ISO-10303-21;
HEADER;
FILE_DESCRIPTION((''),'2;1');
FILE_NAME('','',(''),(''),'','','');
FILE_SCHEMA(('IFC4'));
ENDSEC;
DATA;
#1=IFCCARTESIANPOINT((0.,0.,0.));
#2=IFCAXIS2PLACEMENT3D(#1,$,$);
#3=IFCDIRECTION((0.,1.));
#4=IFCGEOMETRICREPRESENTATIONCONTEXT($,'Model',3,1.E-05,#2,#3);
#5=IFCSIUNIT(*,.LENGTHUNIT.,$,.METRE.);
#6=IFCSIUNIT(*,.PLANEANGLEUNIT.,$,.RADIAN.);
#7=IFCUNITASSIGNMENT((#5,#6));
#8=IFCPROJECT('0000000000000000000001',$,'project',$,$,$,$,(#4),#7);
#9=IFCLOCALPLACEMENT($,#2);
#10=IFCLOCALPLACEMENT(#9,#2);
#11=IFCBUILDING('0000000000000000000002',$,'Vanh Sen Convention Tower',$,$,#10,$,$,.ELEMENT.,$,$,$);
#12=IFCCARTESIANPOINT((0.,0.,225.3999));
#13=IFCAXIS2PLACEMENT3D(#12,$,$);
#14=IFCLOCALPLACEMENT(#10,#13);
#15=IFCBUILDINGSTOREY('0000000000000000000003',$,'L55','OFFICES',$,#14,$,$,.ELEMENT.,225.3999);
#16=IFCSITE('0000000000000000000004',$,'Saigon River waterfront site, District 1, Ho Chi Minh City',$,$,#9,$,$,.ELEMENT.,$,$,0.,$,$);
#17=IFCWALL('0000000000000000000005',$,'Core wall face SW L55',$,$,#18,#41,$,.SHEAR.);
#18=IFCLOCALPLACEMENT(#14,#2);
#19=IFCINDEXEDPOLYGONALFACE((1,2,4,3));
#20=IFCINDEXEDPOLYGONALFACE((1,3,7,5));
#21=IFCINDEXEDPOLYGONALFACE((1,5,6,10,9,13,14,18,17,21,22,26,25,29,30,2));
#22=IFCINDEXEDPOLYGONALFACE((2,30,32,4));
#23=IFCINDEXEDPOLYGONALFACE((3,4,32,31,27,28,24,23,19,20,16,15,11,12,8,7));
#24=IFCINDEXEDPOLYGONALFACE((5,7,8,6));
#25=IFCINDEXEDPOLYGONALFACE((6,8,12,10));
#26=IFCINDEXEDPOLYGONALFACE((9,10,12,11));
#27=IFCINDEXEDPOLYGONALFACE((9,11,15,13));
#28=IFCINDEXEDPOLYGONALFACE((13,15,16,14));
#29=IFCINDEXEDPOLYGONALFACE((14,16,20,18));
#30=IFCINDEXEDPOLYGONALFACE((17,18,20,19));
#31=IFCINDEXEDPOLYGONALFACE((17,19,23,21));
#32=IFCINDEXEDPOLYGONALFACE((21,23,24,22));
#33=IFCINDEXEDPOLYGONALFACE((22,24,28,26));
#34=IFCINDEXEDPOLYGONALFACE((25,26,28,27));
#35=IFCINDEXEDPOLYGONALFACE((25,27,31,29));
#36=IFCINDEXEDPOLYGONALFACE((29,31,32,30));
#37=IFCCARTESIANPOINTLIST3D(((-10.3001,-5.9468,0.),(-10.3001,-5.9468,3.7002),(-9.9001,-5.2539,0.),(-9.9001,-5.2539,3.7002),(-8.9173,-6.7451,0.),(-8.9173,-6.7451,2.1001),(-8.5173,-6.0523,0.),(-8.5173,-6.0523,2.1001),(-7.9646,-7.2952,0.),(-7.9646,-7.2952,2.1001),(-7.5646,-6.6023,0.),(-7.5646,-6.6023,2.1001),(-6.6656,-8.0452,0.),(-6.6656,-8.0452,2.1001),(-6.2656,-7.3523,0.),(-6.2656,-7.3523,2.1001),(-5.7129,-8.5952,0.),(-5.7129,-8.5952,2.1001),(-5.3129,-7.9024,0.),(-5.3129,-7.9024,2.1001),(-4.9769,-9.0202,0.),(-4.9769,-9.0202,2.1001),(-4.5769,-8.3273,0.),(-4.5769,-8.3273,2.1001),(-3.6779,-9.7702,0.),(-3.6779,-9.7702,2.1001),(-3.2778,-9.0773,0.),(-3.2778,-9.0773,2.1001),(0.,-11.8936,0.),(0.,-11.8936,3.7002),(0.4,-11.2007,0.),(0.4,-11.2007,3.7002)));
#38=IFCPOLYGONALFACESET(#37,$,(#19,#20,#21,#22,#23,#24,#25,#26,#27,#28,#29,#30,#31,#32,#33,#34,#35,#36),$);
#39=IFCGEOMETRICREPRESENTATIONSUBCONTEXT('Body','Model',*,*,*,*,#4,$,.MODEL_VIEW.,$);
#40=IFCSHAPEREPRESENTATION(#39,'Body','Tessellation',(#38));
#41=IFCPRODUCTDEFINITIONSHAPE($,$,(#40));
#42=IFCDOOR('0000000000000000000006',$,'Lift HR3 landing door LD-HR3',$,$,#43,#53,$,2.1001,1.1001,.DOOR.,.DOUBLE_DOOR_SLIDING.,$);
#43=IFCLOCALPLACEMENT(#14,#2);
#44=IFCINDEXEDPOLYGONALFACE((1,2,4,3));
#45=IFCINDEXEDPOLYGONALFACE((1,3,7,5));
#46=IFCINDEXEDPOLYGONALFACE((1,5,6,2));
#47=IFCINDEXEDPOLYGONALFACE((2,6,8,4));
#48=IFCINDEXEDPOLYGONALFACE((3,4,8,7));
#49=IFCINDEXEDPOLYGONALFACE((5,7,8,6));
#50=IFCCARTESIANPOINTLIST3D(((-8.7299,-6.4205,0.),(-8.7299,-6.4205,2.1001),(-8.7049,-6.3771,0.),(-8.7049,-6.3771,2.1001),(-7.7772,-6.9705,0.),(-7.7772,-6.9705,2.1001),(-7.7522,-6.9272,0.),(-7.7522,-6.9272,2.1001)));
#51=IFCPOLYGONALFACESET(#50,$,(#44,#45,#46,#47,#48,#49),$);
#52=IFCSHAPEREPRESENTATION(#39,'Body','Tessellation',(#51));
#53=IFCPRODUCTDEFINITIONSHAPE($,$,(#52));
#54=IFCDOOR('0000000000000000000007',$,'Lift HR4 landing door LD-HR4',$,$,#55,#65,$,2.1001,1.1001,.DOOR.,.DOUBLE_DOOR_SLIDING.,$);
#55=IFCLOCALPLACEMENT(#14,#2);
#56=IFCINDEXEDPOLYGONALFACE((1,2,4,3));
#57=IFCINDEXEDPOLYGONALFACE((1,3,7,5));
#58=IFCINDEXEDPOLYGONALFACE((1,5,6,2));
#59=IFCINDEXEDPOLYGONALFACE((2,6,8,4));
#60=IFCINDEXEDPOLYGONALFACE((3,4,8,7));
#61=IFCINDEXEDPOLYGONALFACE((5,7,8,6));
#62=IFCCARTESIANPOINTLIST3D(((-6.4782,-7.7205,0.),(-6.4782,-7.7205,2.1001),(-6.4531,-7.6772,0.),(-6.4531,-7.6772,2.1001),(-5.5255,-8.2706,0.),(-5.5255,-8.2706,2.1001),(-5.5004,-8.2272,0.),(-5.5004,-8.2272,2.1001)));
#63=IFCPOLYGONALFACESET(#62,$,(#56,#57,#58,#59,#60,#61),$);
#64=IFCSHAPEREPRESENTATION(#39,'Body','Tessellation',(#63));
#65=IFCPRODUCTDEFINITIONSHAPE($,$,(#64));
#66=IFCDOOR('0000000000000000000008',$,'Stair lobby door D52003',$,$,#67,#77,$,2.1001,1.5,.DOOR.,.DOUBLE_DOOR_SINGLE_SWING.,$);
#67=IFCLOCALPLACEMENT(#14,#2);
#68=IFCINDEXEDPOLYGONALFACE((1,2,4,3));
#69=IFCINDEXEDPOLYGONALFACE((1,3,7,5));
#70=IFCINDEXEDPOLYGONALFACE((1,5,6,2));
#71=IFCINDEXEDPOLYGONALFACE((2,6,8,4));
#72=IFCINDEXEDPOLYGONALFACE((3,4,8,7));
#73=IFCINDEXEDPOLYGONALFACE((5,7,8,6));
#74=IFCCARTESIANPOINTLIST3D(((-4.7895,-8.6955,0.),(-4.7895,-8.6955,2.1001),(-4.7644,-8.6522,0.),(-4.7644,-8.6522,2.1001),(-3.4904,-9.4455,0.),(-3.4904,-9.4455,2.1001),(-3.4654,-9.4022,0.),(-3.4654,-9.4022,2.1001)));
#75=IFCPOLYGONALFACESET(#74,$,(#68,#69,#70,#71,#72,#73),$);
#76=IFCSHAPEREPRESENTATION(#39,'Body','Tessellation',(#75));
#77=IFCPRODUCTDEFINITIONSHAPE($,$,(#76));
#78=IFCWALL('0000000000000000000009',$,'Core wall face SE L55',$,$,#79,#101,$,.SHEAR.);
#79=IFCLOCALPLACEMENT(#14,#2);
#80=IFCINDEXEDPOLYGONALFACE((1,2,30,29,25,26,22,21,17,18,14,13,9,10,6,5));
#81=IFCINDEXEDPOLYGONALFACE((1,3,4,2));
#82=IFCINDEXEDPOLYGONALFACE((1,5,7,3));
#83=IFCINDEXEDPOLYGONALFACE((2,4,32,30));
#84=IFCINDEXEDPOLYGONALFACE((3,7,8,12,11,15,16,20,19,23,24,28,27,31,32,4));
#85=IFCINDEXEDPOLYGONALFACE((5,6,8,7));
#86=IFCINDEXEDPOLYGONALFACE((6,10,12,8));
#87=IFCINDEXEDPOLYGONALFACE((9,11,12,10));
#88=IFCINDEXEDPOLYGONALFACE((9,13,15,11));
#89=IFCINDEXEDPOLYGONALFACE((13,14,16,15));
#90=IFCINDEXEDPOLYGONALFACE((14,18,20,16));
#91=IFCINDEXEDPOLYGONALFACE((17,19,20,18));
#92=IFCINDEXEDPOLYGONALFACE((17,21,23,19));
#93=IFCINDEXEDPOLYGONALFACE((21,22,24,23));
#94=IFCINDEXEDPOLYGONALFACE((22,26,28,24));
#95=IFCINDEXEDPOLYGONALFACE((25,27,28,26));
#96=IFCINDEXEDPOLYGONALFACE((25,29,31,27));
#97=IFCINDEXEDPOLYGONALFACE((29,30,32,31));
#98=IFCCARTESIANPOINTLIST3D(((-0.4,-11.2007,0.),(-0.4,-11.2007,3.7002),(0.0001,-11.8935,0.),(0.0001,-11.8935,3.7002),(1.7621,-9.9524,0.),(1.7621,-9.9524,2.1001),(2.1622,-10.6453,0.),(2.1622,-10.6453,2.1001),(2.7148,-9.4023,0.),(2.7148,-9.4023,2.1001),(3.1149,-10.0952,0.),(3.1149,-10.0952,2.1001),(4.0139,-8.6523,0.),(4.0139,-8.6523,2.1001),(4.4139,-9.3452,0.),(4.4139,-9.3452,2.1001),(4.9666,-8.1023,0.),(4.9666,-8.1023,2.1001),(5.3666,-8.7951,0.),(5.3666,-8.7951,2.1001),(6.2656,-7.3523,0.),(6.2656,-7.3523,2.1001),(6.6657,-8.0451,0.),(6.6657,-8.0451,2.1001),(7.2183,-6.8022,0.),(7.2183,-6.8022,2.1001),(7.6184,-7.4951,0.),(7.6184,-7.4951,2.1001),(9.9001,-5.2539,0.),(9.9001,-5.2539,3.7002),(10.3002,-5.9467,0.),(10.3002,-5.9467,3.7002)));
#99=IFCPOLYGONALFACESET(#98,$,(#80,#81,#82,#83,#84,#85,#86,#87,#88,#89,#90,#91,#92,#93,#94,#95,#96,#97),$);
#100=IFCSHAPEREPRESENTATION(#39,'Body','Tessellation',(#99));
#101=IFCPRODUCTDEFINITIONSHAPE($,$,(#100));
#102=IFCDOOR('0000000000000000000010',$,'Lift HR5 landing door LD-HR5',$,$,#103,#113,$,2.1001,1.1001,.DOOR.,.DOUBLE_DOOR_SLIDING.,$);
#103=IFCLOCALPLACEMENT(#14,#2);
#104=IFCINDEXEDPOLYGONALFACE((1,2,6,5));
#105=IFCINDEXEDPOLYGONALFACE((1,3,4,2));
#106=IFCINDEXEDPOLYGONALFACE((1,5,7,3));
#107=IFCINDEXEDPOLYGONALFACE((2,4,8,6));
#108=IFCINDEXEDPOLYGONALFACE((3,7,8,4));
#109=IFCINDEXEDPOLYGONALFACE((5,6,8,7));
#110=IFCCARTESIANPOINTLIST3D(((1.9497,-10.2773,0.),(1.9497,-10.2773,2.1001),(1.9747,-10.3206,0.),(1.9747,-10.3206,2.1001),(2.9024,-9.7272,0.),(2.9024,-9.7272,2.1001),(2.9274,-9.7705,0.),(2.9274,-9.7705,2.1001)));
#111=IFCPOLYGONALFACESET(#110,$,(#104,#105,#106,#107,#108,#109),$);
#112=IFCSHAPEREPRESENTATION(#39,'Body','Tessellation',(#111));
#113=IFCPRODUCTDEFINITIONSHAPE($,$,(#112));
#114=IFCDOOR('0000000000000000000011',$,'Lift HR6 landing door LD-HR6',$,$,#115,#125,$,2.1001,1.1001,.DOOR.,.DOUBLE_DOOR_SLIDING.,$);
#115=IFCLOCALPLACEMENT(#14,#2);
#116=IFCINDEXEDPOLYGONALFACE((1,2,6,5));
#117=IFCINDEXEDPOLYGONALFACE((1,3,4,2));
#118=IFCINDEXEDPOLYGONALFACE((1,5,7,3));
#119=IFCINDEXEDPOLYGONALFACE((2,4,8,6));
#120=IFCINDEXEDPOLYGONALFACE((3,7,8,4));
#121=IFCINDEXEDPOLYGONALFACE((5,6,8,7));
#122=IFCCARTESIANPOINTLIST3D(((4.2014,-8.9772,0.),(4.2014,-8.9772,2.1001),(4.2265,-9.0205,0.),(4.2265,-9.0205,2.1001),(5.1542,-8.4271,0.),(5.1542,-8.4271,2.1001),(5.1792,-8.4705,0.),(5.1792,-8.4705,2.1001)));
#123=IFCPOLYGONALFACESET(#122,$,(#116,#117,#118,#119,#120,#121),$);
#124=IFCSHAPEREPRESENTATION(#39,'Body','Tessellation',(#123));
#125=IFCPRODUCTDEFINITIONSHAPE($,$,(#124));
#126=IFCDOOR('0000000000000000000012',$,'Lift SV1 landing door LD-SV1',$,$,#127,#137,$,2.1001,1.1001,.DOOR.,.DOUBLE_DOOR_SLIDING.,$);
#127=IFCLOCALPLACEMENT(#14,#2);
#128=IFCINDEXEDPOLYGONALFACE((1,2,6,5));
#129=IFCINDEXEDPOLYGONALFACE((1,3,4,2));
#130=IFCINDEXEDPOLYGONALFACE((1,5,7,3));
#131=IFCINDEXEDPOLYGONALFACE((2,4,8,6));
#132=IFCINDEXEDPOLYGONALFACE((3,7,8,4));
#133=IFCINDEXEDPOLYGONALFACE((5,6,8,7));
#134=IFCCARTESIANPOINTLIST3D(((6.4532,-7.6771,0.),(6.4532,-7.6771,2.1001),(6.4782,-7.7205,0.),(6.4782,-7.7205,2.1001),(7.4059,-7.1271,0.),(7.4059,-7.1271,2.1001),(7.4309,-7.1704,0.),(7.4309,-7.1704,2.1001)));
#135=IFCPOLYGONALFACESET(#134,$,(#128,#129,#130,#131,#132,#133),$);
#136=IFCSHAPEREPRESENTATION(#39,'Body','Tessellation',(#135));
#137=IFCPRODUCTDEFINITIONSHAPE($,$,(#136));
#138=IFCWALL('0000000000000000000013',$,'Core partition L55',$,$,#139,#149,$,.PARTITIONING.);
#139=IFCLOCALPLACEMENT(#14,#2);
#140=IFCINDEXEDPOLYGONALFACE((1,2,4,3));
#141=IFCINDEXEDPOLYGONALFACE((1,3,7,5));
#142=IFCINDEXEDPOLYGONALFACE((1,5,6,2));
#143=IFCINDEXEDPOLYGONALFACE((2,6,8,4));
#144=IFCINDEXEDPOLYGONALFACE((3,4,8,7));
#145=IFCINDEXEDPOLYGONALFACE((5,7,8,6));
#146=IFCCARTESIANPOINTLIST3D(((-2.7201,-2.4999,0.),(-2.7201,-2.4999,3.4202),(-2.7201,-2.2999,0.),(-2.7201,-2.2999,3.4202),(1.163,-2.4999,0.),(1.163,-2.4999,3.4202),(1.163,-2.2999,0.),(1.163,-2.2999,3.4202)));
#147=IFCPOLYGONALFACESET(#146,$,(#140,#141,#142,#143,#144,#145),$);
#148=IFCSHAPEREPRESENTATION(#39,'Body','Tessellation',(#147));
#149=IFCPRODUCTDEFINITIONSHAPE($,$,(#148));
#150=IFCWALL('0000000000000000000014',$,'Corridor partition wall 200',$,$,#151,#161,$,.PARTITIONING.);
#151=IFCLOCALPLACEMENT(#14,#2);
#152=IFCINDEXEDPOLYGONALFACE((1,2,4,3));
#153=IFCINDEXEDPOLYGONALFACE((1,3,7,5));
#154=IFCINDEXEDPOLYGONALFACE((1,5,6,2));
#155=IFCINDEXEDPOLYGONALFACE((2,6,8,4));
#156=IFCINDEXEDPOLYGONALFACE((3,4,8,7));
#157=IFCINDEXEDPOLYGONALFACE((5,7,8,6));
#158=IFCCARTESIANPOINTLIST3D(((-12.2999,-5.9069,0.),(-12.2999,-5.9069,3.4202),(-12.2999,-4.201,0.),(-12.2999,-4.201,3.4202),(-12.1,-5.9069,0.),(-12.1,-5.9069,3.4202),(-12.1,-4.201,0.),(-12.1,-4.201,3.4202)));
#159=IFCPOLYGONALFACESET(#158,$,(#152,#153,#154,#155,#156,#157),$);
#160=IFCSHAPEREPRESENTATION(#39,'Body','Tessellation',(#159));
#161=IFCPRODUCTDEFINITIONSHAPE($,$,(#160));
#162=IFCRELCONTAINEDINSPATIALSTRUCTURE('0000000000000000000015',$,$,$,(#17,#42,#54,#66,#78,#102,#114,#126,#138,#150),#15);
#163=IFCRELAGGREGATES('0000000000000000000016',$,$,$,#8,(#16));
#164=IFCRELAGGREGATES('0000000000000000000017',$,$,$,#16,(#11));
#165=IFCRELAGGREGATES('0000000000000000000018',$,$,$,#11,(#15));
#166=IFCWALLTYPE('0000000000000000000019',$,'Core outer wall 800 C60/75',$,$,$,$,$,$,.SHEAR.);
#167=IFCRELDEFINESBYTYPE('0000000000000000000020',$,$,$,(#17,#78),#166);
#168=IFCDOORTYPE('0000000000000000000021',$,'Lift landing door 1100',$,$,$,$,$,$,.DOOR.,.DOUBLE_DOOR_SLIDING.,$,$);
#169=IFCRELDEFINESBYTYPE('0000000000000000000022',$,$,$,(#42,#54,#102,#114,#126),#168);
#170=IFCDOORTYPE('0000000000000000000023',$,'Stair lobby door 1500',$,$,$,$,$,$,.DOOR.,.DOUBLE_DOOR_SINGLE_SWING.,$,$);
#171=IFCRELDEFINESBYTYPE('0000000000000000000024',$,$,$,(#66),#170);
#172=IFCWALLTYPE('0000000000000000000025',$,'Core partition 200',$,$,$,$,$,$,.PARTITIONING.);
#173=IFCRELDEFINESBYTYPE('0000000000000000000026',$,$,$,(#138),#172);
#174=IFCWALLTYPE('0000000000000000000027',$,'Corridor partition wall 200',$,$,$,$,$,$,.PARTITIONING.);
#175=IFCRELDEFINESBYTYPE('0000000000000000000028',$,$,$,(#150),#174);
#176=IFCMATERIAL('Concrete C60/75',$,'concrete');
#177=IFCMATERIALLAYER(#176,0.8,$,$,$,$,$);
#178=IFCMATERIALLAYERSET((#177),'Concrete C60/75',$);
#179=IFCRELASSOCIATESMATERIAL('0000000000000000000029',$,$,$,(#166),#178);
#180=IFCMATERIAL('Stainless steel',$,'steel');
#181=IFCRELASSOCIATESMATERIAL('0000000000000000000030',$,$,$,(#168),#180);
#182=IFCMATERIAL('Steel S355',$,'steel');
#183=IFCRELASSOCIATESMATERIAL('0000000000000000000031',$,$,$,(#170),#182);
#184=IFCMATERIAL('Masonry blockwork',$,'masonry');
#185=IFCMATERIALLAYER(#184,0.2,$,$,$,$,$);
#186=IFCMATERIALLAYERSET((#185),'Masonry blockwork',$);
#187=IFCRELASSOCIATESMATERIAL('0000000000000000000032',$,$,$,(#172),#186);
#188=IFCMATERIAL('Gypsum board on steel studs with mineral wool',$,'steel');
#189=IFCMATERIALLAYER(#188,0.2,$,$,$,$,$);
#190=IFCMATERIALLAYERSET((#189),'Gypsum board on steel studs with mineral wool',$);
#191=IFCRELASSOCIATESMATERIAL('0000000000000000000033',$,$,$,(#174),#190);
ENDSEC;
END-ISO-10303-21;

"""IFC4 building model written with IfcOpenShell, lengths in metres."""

from ifc_helpers import new_model, si_unit, direction, frame, frame_2d, origin, place, context, subcontext, project, spatial, rectangle, extrude, material, layer, layer_set, type_object, element, fill, save


model = new_model("IFC4")

# Units and contexts
model_context = context("Model", 3, precision=1e-05, world=origin(), true_north=direction((0.0, 1.0)))
body_context = subcontext(model_context, "Body", "Model", "MODEL_VIEW")
ifc_project = project(units=[si_unit("LENGTHUNIT", "METRE"), si_unit("PLANEANGLEUNIT", "RADIAN")], contexts=[model_context])

# Site, building, storey
site_placement = place(None, origin())
site = spatial("IfcSite", under=ifc_project, at=site_placement, Name="Saigon River waterfront site, District 1, Ho Chi Minh City", CompositionType="ELEMENT", RefElevation=0.0)
building_placement = place(site_placement, origin())
building = spatial("IfcBuilding", under=site, at=building_placement, Name="Vanh Sen Convention Tower", CompositionType="ELEMENT")
storey_placement = place(building_placement, frame((0.0, 0.0, 225.3999)))
storey = spatial("IfcBuildingStorey", under=building, at=storey_placement, Name="L55", Description="OFFICES", CompositionType="ELEMENT", Elevation=225.3999)

# Walls, openings, doors
ifc_material_1 = material(Name="Concrete C60/75", Category="concrete")
ifc_layer_1 = layer(ifc_material_1, 0.8)
ifc_layer_set_1 = layer_set([ifc_layer_1], Name="Concrete C60/75")
wall_type_1 = type_object("IfcWallType", Name="Core outer wall 800 C60/75", PredefinedType="SHEAR", material=ifc_layer_set_1)
wall_1_placement = place(storey_placement, frame((-10.1001, -5.6003, 0.0), z_axis=(0.0, 0.0, 1.0), x_axis=(0.866024, -0.500003, 0.0)))
wall_1 = element("IfcWall", 1, at=wall_1_placement, inside=storey, type_object=wall_type_1, Name="Core wall face SW L55", PredefinedType="SHEAR", context=body_context, shape_type="SweptSolid", body=[
    extrude(rectangle(XDim=11.8936, YDim=0.8, at=frame_2d((5.9468, 0.0))), origin(), (0.0, 0.0, 1.0), 3.7002),
])
opening_1_placement = place(wall_1_placement, frame((6.1467, 0.0, 0.0)))
opening_1 = element("IfcOpeningElement", 2, at=opening_1_placement, cuts=wall_1, PredefinedType="OPENING", context=body_context, shape_type="SweptSolid", body=[
    extrude(rectangle(XDim=1.5, YDim=2.1001, at=frame_2d((0.75, 1.05))), frame((0.0, 0.4099, 0.0), z_axis=(0.0, -1.0, 0.0), x_axis=(1.0, 0.0, 0.0)), (0.0, 0.0, 1.0), 0.8201),
])
opening_2_placement = place(wall_1_placement, frame((1.5967, 0.0, 0.0)))
opening_2 = element("IfcOpeningElement", 3, at=opening_2_placement, cuts=wall_1, PredefinedType="OPENING", context=body_context, shape_type="SweptSolid", body=[
    extrude(rectangle(XDim=1.1001, YDim=2.1001, at=frame_2d((0.55, 1.05))), frame((0.0, 0.4099, 0.0), z_axis=(0.0, -1.0, 0.0), x_axis=(1.0, 0.0, 0.0)), (0.0, 0.0, 1.0), 0.8201),
])
opening_3_placement = place(wall_1_placement, frame((4.1968, 0.0, 0.0)))
opening_3 = element("IfcOpeningElement", 4, at=opening_3_placement, cuts=wall_1, PredefinedType="OPENING", context=body_context, shape_type="SweptSolid", body=[
    extrude(rectangle(XDim=1.1001, YDim=2.1001, at=frame_2d((0.55, 1.05))), frame((0.0, 0.4099, 0.0), z_axis=(0.0, -1.0, 0.0), x_axis=(1.0, 0.0, 0.0)), (0.0, 0.0, 1.0), 0.8201),
])
ifc_material_2 = material(Name="Stainless steel", Category="steel")
door_type_1 = type_object("IfcDoorType", Name="Lift landing door 1100", OperationType="DOUBLE_DOOR_SLIDING", PredefinedType="DOOR", material=ifc_material_2)
door_1_placement = place(opening_2_placement, origin())
door_1 = element("IfcDoor", 5, at=door_1_placement, inside=storey, type_object=door_type_1, Name="Lift HR3 landing door LD-HR3", OperationType="DOUBLE_DOOR_SLIDING", OverallHeight=2.1001, OverallWidth=1.1001, PredefinedType="DOOR", context=body_context, shape_type="SweptSolid", body=[
    extrude(rectangle(XDim=1.1001, YDim=2.1001, at=frame_2d((0.55, 1.05))), frame((0.0, 0.0249, 0.0), z_axis=(0.0, -1.0, 0.0), x_axis=(1.0, 0.0, 0.0)), (0.0, 0.0, 1.0), 0.05),
])
fill(opening_2, door_1)
door_2_placement = place(opening_3_placement, origin())
door_2 = element("IfcDoor", 6, at=door_2_placement, inside=storey, type_object=door_type_1, Name="Lift HR4 landing door LD-HR4", OperationType="DOUBLE_DOOR_SLIDING", OverallHeight=2.1001, OverallWidth=1.1001, PredefinedType="DOOR", context=body_context, shape_type="SweptSolid", body=[
    extrude(rectangle(XDim=1.1001, YDim=2.1001, at=frame_2d((0.55, 1.05))), frame((0.0, 0.0249, 0.0), z_axis=(0.0, -1.0, 0.0), x_axis=(1.0, 0.0, 0.0)), (0.0, 0.0, 1.0), 0.05),
])
fill(opening_3, door_2)
ifc_material_3 = material(Name="Steel S355", Category="steel")
door_type_2 = type_object("IfcDoorType", Name="Stair lobby door 1500", OperationType="DOUBLE_DOOR_SINGLE_SWING", PredefinedType="DOOR", material=ifc_material_3)
door_3_placement = place(opening_1_placement, origin())
door_3 = element("IfcDoor", 7, at=door_3_placement, inside=storey, type_object=door_type_2, Name="Stair lobby door D52003", OperationType="DOUBLE_DOOR_SINGLE_SWING", OverallHeight=2.1001, OverallWidth=1.5, PredefinedType="DOOR", context=body_context, shape_type="SweptSolid", body=[
    extrude(rectangle(XDim=1.5, YDim=2.1001, at=frame_2d((0.75, 1.05))), frame((0.0, 0.0249, 0.0), z_axis=(0.0, -1.0, 0.0), x_axis=(1.0, 0.0, 0.0)), (0.0, 0.0, 1.0), 0.05),
])
fill(opening_1, door_3)
wall_2_placement = place(storey_placement, frame((-0.2, -11.5471, 0.0), z_axis=(0.0, 0.0, 1.0), x_axis=(0.866024, 0.500003, 0.0)))
wall_2 = element("IfcWall", 8, at=wall_2_placement, inside=storey, type_object=wall_type_1, Name="Core wall face SE L55", PredefinedType="SHEAR", context=body_context, shape_type="SweptSolid", body=[
    extrude(rectangle(XDim=11.8936, YDim=0.8, at=frame_2d((5.9468, 0.0))), origin(), (0.0, 0.0, 1.0), 3.7002),
])
opening_4_placement = place(wall_2_placement, frame((2.4966, 0.0, 0.0)))
opening_4 = element("IfcOpeningElement", 9, at=opening_4_placement, cuts=wall_2, PredefinedType="OPENING", context=body_context, shape_type="SweptSolid", body=[
    extrude(rectangle(XDim=1.1001, YDim=2.1001, at=frame_2d((0.55, 1.05))), frame((0.0, 0.4099, 0.0), z_axis=(0.0, -1.0, 0.0), x_axis=(1.0, 0.0, 0.0)), (0.0, 0.0, 1.0), 0.8201),
])
opening_5_placement = place(wall_2_placement, frame((5.0967, 0.0, 0.0)))
opening_5 = element("IfcOpeningElement", 10, at=opening_5_placement, cuts=wall_2, PredefinedType="OPENING", context=body_context, shape_type="SweptSolid", body=[
    extrude(rectangle(XDim=1.1001, YDim=2.1001, at=frame_2d((0.55, 1.05))), frame((0.0, 0.4099, 0.0), z_axis=(0.0, -1.0, 0.0), x_axis=(1.0, 0.0, 0.0)), (0.0, 0.0, 1.0), 0.8201),
])
opening_6_placement = place(wall_2_placement, frame((7.6968, 0.0, 0.0)))
opening_6 = element("IfcOpeningElement", 11, at=opening_6_placement, cuts=wall_2, PredefinedType="OPENING", context=body_context, shape_type="SweptSolid", body=[
    extrude(rectangle(XDim=1.1001, YDim=2.1001, at=frame_2d((0.55, 1.05))), frame((0.0, 0.4099, 0.0), z_axis=(0.0, -1.0, 0.0), x_axis=(1.0, 0.0, 0.0)), (0.0, 0.0, 1.0), 0.8201),
])
door_4_placement = place(opening_4_placement, origin())
door_4 = element("IfcDoor", 12, at=door_4_placement, inside=storey, type_object=door_type_1, Name="Lift HR5 landing door LD-HR5", OperationType="DOUBLE_DOOR_SLIDING", OverallHeight=2.1001, OverallWidth=1.1001, PredefinedType="DOOR", context=body_context, shape_type="SweptSolid", body=[
    extrude(rectangle(XDim=1.1001, YDim=2.1001, at=frame_2d((0.55, 1.05))), frame((0.0, 0.0249, 0.0), z_axis=(0.0, -1.0, 0.0), x_axis=(1.0, 0.0, 0.0)), (0.0, 0.0, 1.0), 0.05),
])
fill(opening_4, door_4)
door_5_placement = place(opening_5_placement, origin())
door_5 = element("IfcDoor", 13, at=door_5_placement, inside=storey, type_object=door_type_1, Name="Lift HR6 landing door LD-HR6", OperationType="DOUBLE_DOOR_SLIDING", OverallHeight=2.1001, OverallWidth=1.1001, PredefinedType="DOOR", context=body_context, shape_type="SweptSolid", body=[
    extrude(rectangle(XDim=1.1001, YDim=2.1001, at=frame_2d((0.55, 1.05))), frame((0.0, 0.0249, 0.0), z_axis=(0.0, -1.0, 0.0), x_axis=(1.0, 0.0, 0.0)), (0.0, 0.0, 1.0), 0.05),
])
fill(opening_5, door_5)
door_6_placement = place(opening_6_placement, origin())
door_6 = element("IfcDoor", 14, at=door_6_placement, inside=storey, type_object=door_type_1, Name="Lift SV1 landing door LD-SV1", OperationType="DOUBLE_DOOR_SLIDING", OverallHeight=2.1001, OverallWidth=1.1001, PredefinedType="DOOR", context=body_context, shape_type="SweptSolid", body=[
    extrude(rectangle(XDim=1.1001, YDim=2.1001, at=frame_2d((0.55, 1.05))), frame((0.0, 0.0249, 0.0), z_axis=(0.0, -1.0, 0.0), x_axis=(1.0, 0.0, 0.0)), (0.0, 0.0, 1.0), 0.05),
])
fill(opening_6, door_6)

# Walls
ifc_material_4 = material(Name="Masonry blockwork", Category="masonry")
ifc_layer_2 = layer(ifc_material_4, 0.2)
ifc_layer_set_2 = layer_set([ifc_layer_2], Name="Masonry blockwork")
wall_type_2 = type_object("IfcWallType", Name="Core partition 200", PredefinedType="PARTITIONING", material=ifc_layer_set_2)
wall_3_placement = place(storey_placement, frame((-2.72, -2.3999, 0.0), z_axis=(0.0, 0.0, 1.0), x_axis=(1.0, 0.0, 0.0)))
element("IfcWall", 15, at=wall_3_placement, inside=storey, type_object=wall_type_2, Name="Core partition L55", PredefinedType="PARTITIONING", context=body_context, shape_type="SweptSolid", body=[
    extrude(rectangle(XDim=3.8831, YDim=0.2, at=frame_2d((1.9414, 0.0))), origin(), (0.0, 0.0, 1.0), 3.4202),
])
ifc_material_5 = material(Name="Gypsum board on steel studs with mineral wool", Category="steel")
ifc_layer_3 = layer(ifc_material_5, 0.2)
ifc_layer_set_3 = layer_set([ifc_layer_3], Name="Gypsum board on steel studs with mineral wool")
wall_type_3 = type_object("IfcWallType", Name="Corridor partition wall 200", PredefinedType="PARTITIONING", material=ifc_layer_set_3)
wall_4_placement = place(storey_placement, frame((-12.2, -4.2009, 0.0), z_axis=(0.0, 0.0, 1.0), x_axis=(0.0, -1.0, 0.0)))
element("IfcWall", 16, at=wall_4_placement, inside=storey, type_object=wall_type_3, Name="Corridor partition wall 200", PredefinedType="PARTITIONING", context=body_context, shape_type="SweptSolid", body=[
    extrude(rectangle(XDim=1.7058, YDim=0.2, at=frame_2d((0.853, 0.0))), origin(), (0.0, 0.0, 1.0), 3.4202),
])

save(model, "model.ifc")
